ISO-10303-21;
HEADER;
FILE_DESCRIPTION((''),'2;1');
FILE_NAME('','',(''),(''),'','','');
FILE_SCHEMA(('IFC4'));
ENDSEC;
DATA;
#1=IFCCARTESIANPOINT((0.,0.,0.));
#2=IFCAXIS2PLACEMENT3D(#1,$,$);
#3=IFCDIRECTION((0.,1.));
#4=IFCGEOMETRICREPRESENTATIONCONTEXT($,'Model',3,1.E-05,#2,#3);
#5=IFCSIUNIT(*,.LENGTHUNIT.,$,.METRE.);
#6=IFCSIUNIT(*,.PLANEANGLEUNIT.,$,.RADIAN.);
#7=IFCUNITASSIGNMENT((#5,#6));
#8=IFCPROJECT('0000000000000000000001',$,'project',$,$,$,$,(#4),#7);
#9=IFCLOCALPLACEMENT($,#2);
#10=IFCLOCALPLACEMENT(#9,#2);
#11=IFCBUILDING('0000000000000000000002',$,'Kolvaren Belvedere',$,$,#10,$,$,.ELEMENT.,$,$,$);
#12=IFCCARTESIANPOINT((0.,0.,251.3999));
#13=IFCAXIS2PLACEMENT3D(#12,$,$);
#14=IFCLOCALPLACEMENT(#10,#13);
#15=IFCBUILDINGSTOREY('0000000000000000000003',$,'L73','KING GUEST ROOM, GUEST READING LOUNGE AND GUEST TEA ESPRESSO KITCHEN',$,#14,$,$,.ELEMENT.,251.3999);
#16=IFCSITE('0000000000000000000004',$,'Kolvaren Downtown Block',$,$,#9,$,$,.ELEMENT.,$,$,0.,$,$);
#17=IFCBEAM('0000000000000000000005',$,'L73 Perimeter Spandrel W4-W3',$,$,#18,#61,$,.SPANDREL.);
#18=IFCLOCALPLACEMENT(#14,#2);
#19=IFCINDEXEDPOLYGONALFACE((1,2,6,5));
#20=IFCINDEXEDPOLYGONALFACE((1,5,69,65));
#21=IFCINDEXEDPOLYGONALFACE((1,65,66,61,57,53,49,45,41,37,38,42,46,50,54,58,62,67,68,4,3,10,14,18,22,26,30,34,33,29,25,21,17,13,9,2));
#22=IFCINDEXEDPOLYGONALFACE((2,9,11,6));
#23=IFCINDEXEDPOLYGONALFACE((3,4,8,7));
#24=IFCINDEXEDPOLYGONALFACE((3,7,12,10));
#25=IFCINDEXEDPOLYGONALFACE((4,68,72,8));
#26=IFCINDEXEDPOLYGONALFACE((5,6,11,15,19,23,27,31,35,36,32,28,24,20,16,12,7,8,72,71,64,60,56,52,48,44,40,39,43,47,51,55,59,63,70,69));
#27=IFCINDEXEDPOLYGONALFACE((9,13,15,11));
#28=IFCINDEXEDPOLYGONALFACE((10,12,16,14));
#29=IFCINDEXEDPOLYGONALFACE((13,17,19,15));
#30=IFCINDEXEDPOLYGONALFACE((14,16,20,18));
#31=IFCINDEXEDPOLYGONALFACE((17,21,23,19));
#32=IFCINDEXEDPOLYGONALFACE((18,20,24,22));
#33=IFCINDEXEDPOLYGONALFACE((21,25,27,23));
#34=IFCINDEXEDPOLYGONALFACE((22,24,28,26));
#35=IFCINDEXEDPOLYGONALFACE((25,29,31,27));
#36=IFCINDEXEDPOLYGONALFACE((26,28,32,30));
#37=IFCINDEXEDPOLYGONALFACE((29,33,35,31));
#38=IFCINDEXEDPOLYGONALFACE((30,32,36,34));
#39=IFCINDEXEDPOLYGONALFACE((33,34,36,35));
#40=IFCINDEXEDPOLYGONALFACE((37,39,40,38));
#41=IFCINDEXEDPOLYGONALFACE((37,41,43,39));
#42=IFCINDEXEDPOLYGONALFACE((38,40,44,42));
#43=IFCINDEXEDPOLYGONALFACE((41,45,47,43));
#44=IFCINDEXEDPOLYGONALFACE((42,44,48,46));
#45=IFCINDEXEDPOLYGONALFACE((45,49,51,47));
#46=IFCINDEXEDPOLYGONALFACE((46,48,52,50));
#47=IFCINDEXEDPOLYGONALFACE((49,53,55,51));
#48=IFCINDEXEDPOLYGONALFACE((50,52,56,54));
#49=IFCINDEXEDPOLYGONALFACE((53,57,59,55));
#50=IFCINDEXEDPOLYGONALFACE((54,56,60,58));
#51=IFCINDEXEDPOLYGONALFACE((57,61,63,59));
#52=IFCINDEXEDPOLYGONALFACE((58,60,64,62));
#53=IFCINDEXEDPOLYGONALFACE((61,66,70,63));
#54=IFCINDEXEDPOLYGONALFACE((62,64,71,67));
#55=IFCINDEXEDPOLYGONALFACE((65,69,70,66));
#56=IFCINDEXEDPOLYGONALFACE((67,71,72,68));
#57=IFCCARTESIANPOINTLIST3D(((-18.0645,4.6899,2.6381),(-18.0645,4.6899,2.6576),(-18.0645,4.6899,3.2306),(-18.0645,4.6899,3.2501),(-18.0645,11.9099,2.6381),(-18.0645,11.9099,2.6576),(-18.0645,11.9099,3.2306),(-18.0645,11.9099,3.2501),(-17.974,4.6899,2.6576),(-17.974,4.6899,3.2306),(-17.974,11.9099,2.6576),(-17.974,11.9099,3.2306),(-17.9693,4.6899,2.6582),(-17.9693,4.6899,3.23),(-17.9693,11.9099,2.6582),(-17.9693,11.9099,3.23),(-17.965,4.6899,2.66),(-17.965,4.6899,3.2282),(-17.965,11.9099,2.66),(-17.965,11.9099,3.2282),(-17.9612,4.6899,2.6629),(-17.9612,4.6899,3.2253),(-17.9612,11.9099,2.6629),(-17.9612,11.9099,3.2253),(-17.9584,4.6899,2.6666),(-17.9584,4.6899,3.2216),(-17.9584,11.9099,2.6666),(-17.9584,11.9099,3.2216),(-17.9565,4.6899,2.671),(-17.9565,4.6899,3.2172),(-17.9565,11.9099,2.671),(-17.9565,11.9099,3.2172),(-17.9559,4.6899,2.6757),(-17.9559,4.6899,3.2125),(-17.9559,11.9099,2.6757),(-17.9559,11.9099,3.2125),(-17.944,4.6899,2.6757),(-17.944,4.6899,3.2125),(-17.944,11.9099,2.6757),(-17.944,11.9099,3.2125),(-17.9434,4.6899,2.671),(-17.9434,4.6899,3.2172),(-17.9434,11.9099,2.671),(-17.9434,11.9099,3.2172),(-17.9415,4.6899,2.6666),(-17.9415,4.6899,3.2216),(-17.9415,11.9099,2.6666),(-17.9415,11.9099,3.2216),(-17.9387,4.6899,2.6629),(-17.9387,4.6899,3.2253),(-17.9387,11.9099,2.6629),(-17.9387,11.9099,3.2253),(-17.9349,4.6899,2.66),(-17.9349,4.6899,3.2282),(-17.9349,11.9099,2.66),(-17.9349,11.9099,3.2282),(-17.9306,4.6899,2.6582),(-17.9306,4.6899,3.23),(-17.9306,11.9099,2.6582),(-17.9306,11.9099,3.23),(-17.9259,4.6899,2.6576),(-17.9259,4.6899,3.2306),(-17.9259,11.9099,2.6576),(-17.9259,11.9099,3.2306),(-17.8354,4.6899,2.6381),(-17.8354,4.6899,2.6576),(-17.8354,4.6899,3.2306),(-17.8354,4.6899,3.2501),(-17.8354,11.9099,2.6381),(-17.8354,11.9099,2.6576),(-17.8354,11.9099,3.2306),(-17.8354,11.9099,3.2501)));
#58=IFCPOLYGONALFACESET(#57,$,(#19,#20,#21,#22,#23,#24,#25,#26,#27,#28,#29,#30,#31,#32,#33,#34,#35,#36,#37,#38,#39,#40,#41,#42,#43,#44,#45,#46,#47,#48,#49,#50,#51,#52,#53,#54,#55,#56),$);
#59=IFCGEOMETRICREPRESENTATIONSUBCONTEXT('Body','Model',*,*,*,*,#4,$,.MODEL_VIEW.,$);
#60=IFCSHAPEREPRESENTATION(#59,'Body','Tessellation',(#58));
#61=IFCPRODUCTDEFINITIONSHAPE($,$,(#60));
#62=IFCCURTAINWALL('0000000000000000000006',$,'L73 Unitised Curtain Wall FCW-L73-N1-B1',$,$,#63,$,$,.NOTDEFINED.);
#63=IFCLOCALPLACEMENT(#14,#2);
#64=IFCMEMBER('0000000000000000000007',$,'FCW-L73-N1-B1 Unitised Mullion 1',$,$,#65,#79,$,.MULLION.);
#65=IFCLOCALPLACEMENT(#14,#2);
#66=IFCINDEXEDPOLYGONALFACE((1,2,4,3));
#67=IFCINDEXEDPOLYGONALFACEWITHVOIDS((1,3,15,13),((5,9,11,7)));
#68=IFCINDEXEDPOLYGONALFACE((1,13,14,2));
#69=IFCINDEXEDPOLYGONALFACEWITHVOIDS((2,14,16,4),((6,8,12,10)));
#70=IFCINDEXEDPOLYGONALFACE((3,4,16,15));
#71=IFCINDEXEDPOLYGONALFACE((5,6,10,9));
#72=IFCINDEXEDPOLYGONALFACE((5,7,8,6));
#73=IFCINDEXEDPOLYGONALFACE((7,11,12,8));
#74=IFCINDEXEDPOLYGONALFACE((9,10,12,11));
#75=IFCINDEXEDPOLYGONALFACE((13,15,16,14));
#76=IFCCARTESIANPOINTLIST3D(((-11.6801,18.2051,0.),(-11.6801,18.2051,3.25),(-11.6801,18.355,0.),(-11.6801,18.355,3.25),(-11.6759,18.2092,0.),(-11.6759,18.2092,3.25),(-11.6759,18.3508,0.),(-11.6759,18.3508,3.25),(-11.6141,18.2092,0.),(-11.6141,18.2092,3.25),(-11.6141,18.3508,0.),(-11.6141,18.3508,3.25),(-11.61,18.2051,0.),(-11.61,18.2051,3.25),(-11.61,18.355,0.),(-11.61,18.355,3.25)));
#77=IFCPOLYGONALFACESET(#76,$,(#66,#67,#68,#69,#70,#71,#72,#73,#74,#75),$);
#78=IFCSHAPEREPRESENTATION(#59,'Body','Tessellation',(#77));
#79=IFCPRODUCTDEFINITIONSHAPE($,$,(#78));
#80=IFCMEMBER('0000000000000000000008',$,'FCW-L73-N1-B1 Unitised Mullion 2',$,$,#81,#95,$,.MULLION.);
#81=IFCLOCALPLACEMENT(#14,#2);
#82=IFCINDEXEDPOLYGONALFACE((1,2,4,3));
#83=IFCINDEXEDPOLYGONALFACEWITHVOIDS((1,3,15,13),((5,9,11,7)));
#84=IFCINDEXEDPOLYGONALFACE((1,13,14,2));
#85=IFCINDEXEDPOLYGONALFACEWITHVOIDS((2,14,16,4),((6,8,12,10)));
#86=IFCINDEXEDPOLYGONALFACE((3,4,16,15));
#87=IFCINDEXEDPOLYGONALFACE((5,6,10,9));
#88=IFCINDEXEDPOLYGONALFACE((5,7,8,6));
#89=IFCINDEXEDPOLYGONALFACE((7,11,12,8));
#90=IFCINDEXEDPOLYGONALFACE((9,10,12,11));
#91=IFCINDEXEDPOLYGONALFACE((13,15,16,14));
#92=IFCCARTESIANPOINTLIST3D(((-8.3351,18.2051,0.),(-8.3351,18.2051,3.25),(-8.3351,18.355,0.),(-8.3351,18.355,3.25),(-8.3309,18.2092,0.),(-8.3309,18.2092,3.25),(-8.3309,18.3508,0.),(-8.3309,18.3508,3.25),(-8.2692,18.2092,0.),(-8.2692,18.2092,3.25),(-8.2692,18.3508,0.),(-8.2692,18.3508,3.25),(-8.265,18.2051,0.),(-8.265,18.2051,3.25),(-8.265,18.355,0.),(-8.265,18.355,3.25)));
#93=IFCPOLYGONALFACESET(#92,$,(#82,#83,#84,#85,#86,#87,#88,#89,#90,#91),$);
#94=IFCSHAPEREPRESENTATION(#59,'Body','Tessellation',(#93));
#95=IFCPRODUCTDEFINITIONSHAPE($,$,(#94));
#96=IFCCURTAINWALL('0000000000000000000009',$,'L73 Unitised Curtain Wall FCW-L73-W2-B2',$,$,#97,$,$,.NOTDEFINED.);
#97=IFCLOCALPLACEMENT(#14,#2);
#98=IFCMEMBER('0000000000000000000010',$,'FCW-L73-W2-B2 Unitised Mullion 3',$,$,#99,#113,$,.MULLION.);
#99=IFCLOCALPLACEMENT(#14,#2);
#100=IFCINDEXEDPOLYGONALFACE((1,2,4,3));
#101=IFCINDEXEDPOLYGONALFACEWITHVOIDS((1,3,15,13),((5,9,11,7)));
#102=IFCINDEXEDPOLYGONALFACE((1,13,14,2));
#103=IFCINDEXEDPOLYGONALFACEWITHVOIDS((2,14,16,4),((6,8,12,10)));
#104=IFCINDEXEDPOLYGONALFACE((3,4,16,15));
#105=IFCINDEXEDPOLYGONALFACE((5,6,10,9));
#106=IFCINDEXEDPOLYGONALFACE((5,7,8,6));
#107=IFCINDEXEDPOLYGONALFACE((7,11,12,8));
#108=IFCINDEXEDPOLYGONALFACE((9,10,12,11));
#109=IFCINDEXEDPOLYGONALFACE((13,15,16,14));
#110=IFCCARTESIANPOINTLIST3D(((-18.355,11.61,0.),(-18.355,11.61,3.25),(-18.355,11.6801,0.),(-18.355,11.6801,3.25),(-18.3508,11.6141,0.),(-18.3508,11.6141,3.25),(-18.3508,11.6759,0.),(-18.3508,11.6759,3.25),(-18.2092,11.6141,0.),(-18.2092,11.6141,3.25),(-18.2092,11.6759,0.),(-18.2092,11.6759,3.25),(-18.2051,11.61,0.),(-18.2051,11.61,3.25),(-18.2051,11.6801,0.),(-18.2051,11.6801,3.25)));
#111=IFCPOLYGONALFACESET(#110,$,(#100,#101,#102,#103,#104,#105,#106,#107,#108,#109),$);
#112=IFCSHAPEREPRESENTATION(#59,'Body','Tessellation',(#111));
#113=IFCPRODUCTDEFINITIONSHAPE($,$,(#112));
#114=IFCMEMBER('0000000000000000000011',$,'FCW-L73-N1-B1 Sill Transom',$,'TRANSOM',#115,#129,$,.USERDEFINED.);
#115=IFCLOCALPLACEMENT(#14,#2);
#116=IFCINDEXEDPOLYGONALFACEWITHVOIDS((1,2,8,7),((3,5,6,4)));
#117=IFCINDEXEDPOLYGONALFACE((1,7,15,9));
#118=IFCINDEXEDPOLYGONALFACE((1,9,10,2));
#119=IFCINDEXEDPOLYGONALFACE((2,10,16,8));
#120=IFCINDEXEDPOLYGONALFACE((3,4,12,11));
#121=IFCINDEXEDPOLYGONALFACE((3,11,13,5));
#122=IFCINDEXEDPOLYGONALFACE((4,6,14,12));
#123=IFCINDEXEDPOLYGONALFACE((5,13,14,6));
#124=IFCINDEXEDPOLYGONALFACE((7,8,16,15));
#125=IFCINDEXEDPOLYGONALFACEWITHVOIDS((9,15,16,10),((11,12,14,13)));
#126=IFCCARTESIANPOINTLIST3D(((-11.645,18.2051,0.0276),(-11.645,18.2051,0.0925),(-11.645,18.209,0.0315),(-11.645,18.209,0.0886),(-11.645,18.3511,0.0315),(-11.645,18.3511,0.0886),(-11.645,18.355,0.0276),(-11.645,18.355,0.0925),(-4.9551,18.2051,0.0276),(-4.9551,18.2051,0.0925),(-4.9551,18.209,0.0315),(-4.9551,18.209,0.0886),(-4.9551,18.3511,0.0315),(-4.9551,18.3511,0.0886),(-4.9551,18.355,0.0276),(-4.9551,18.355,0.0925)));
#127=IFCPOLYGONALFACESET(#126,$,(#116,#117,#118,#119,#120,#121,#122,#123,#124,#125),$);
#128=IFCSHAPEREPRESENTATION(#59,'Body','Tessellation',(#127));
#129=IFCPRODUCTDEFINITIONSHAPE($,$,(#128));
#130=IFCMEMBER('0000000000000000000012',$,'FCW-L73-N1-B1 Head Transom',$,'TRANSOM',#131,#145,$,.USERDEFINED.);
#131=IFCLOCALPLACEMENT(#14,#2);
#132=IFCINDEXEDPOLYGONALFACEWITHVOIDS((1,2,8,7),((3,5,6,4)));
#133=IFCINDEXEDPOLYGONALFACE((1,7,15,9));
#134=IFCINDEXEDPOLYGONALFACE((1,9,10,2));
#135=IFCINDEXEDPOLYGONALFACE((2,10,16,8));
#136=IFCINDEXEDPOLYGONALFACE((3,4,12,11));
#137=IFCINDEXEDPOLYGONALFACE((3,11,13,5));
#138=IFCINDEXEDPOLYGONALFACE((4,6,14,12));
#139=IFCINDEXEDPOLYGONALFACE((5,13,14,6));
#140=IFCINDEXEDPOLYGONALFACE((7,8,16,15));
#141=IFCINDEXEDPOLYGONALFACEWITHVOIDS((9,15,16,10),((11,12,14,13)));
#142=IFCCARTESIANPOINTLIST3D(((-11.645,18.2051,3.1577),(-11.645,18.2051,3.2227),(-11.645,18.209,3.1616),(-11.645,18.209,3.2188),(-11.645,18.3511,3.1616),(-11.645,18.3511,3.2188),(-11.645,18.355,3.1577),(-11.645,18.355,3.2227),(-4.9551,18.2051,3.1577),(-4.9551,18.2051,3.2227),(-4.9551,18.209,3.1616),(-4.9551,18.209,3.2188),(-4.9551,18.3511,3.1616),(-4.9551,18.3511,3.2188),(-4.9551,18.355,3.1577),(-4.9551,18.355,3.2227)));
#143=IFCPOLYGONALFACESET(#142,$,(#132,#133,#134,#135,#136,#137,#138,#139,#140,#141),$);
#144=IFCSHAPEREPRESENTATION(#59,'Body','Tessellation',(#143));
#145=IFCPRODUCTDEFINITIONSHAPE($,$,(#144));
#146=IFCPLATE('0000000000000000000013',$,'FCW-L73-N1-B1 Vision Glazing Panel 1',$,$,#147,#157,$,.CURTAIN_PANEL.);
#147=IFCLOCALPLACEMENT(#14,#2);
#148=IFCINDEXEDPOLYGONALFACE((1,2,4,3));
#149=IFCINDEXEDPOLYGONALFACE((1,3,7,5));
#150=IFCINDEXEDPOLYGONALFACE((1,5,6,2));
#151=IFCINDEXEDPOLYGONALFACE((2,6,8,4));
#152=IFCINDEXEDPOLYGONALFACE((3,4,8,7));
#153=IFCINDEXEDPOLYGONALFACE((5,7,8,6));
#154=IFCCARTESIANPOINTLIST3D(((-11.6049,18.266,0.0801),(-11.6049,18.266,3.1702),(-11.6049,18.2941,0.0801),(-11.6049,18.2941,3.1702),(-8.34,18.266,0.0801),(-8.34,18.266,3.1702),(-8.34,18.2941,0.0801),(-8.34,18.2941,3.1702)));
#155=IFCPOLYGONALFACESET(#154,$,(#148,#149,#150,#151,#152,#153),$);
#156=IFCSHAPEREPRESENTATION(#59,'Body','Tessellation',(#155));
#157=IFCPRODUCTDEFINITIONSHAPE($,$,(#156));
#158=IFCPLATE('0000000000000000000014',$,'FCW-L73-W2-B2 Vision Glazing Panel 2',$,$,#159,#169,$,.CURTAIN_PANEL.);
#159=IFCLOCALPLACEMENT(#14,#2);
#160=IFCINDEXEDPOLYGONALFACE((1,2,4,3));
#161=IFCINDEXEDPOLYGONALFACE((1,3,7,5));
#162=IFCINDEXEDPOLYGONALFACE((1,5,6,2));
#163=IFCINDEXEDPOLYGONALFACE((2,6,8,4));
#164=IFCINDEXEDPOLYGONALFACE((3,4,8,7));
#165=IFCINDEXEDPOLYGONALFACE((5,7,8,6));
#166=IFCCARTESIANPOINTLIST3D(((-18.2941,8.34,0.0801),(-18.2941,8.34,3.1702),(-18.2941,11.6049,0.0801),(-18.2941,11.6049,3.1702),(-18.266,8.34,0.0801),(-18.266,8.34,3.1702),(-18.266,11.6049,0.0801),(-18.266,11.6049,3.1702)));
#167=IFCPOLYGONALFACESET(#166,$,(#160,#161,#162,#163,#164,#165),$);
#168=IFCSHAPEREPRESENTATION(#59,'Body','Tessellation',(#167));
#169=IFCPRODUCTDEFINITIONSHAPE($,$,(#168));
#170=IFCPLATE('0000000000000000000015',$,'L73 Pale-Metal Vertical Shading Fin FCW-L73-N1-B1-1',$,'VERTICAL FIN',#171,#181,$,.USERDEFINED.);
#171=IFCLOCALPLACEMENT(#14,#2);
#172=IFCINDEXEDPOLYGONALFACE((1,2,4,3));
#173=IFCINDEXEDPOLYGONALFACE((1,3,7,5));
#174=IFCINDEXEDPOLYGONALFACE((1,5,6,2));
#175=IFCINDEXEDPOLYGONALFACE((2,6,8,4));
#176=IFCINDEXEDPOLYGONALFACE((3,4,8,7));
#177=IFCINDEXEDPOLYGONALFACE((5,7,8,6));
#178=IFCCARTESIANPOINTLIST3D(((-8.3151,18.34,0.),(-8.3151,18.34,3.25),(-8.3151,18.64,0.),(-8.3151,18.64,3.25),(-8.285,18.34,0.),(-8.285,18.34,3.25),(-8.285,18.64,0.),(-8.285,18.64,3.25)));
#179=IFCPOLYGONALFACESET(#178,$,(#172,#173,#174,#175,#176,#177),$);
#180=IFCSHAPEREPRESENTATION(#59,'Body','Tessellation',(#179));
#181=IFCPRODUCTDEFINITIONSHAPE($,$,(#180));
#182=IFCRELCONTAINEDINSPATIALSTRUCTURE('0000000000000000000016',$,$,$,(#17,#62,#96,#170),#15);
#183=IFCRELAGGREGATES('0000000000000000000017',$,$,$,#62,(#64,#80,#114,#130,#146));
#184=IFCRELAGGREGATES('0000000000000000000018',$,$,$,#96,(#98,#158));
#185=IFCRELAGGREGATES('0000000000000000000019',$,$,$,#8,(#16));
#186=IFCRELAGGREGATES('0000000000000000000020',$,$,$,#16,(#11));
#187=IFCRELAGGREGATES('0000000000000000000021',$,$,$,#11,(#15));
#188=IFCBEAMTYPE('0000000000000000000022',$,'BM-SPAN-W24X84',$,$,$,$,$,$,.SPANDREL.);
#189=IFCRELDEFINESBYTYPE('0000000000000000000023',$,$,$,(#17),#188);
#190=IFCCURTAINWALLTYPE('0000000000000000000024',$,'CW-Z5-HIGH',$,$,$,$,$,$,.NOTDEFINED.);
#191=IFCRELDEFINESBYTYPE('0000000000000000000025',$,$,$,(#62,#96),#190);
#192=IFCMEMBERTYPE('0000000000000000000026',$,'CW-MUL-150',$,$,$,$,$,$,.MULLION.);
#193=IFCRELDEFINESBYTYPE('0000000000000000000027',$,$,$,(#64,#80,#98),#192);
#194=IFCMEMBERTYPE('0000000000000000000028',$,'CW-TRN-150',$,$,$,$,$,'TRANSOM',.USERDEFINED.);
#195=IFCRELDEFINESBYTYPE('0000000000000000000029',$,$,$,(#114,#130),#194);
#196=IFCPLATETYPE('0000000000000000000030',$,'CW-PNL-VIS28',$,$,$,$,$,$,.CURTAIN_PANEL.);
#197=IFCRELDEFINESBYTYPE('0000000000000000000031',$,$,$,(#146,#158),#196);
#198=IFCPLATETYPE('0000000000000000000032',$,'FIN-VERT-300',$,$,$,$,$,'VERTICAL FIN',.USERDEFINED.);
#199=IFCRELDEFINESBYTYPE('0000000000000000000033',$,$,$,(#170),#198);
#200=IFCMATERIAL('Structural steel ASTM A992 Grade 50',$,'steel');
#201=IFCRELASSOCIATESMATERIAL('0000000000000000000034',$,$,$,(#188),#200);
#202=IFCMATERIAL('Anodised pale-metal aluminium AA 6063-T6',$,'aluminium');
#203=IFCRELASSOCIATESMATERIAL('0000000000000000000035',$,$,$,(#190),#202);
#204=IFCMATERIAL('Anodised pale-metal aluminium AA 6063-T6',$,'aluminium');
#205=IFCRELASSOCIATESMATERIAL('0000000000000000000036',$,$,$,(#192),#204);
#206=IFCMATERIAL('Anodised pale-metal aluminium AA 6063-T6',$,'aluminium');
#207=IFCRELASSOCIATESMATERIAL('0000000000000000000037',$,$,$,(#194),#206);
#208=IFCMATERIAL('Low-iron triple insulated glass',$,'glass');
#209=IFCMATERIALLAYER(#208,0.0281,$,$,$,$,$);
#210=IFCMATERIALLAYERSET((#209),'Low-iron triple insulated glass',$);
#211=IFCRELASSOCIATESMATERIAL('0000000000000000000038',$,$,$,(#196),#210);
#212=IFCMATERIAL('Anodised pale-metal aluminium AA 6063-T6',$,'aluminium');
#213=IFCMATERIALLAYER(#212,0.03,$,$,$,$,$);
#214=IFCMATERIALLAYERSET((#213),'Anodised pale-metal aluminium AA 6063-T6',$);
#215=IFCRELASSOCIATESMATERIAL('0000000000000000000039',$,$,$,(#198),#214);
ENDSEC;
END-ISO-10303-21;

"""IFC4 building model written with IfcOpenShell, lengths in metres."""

from ifc_helpers import new_model, si_unit, direction, frame, origin, origin_2d, place, context, subcontext, project, spatial, rectangle, hollow_rectangle, i_section, extrude, material, layer, layer_set, material_profile, profile_set, type_object, element, aggregate, save


model = new_model("IFC4")

# Units and contexts
model_context = context("Model", 3, precision=1e-05, world=origin(), true_north=direction((0.0, 1.0)))
body_context = subcontext(model_context, "Body", "Model", "MODEL_VIEW")
ifc_project = project(units=[si_unit("LENGTHUNIT", "METRE"), si_unit("PLANEANGLEUNIT", "RADIAN")], contexts=[model_context])

# Site, building, storey
site_placement = place(None, origin())
site = spatial("IfcSite", under=ifc_project, at=site_placement, Name="Kolvaren Downtown Block", CompositionType="ELEMENT", RefElevation=0.0)
building_placement = place(site_placement, origin())
building = spatial("IfcBuilding", under=site, at=building_placement, Name="Kolvaren Belvedere", CompositionType="ELEMENT")
storey_placement = place(building_placement, frame((0.0, 0.0, 251.3999)))
storey = spatial("IfcBuildingStorey", under=building, at=storey_placement, Name="L73", Description="KING GUEST ROOM, GUEST READING LOUNGE AND GUEST TEA ESPRESSO KITCHEN", CompositionType="ELEMENT", Elevation=251.3999)

# Beam
ifc_material_1 = material(Name="Structural steel ASTM A992 Grade 50", Category="steel")
ifc_material_profile_1 = material_profile(ifc_material_1, i_section(OverallWidth=0.229, OverallDepth=0.6121, WebThickness=0.012, FlangeThickness=0.0195, FilletRadius=0.0181, at=origin_2d()), Name="W24X84")
ifc_profile_set_1 = profile_set([ifc_material_profile_1], Name="Structural steel ASTM A992 Grade 50")
beam_type_1 = type_object("IfcBeamType", Name="BM-SPAN-W24X84", PredefinedType="SPANDREL", material=ifc_profile_set_1)
beam_1_placement = place(storey_placement, frame((-17.95, 11.9099, 2.9441), z_axis=(0.0, -1.0, 0.0), x_axis=(1.0, 0.0, 0.0)))
element("IfcBeam", 1, at=beam_1_placement, inside=storey, type_object=beam_type_1, Name="L73 Perimeter Spandrel W4-W3", PredefinedType="SPANDREL", context=body_context, shape_type="SweptSolid", body=[
    extrude(i_section(OverallWidth=0.229, OverallDepth=0.6121, WebThickness=0.012, FlangeThickness=0.0195, FilletRadius=0.0181, at=origin_2d()), origin(), (0.0, 0.0, 1.0), 7.22),
])

# Curtain wall, members
ifc_material_2 = material(Name="Anodised pale-metal aluminium AA 6063-T6", Category="aluminium")
curtain_wall_type = type_object("IfcCurtainWallType", Name="CW-Z5-HIGH", PredefinedType="NOTDEFINED", material=ifc_material_2)
curtain_wall_1_placement = place(storey_placement, origin())
curtain_wall_1 = element("IfcCurtainWall", 2, at=curtain_wall_1_placement, inside=storey, type_object=curtain_wall_type, Name="L73 Unitised Curtain Wall FCW-L73-N1-B1", PredefinedType="NOTDEFINED")
ifc_material_3 = material(Name="Anodised pale-metal aluminium AA 6063-T6", Category="aluminium")
ifc_material_profile_2 = material_profile(ifc_material_3, hollow_rectangle(XDim=0.0701, YDim=0.1499, WallThickness=0.0042, at=origin_2d()), Name="ALU-MUL-150X70")
ifc_profile_set_2 = profile_set([ifc_material_profile_2], Name="Anodised pale-metal aluminium AA 6063-T6")
member_type_1 = type_object("IfcMemberType", Name="CW-MUL-150", PredefinedType="MULLION", material=ifc_profile_set_2)
member_1_placement = place(storey_placement, frame((-11.645, 18.28, 0.0), z_axis=(0.0, 0.0, 1.0), x_axis=(1.0, 0.0, 0.0)))
member_1 = element("IfcMember", 3, at=member_1_placement, type_object=member_type_1, Name="FCW-L73-N1-B1 Unitised Mullion 1", PredefinedType="MULLION", context=body_context, shape_type="SweptSolid", body=[
    extrude(hollow_rectangle(XDim=0.0701, YDim=0.1499, WallThickness=0.0042, at=origin_2d()), origin(), (0.0, 0.0, 1.0), 3.25),
])
member_2_placement = place(storey_placement, frame((-8.3, 18.28, 0.0), z_axis=(0.0, 0.0, 1.0), x_axis=(1.0, 0.0, 0.0)))
member_2 = element("IfcMember", 4, at=member_2_placement, type_object=member_type_1, Name="FCW-L73-N1-B1 Unitised Mullion 2", PredefinedType="MULLION", context=body_context, shape_type="SweptSolid", body=[
    extrude(hollow_rectangle(XDim=0.0701, YDim=0.1499, WallThickness=0.0042, at=origin_2d()), origin(), (0.0, 0.0, 1.0), 3.25),
])

# Curtain wall, member
curtain_wall_2_placement = place(storey_placement, origin())
curtain_wall_2 = element("IfcCurtainWall", 5, at=curtain_wall_2_placement, inside=storey, type_object=curtain_wall_type, Name="L73 Unitised Curtain Wall FCW-L73-W2-B2", PredefinedType="NOTDEFINED")
member_3_placement = place(storey_placement, frame((-18.28, 11.645, 0.0), z_axis=(0.0, 0.0, 1.0), x_axis=(0.0, 1.0, 0.0)))
member_3 = element("IfcMember", 6, at=member_3_placement, type_object=member_type_1, Name="FCW-L73-W2-B2 Unitised Mullion 3", PredefinedType="MULLION", context=body_context, shape_type="SweptSolid", body=[
    extrude(hollow_rectangle(XDim=0.0701, YDim=0.1499, WallThickness=0.0042, at=origin_2d()), origin(), (0.0, 0.0, 1.0), 3.25),
])

# Members
ifc_material_4 = material(Name="Anodised pale-metal aluminium AA 6063-T6", Category="aluminium")
ifc_material_profile_3 = material_profile(ifc_material_4, hollow_rectangle(XDim=0.0649, YDim=0.1499, WallThickness=0.0039, at=origin_2d()), Name="ALU-TRN-150X65")
ifc_profile_set_3 = profile_set([ifc_material_profile_3], Name="Anodised pale-metal aluminium AA 6063-T6")
member_type_2 = type_object("IfcMemberType", Name="CW-TRN-150", ElementType="TRANSOM", PredefinedType="USERDEFINED", material=ifc_profile_set_3)
member_4_placement = place(storey_placement, frame((-11.645, 18.28, 0.0601), z_axis=(1.0, 0.0, 0.0), x_axis=(0.0, 0.0, 1.0)))
member_4 = element("IfcMember", 7, at=member_4_placement, type_object=member_type_2, Name="FCW-L73-N1-B1 Sill Transom", ObjectType="TRANSOM", PredefinedType="USERDEFINED", context=body_context, shape_type="SweptSolid", body=[
    extrude(hollow_rectangle(XDim=0.0649, YDim=0.1499, WallThickness=0.0039, at=origin_2d()), origin(), (0.0, 0.0, 1.0), 6.6899),
])
member_5_placement = place(storey_placement, frame((-11.645, 18.28, 3.1902), z_axis=(1.0, 0.0, 0.0), x_axis=(0.0, 0.0, 1.0)))
member_5 = element("IfcMember", 8, at=member_5_placement, type_object=member_type_2, Name="FCW-L73-N1-B1 Head Transom", ObjectType="TRANSOM", PredefinedType="USERDEFINED", context=body_context, shape_type="SweptSolid", body=[
    extrude(hollow_rectangle(XDim=0.0649, YDim=0.1499, WallThickness=0.0039, at=origin_2d()), origin(), (0.0, 0.0, 1.0), 6.6899),
])

# Plates
ifc_material_5 = material(Name="Low-iron triple insulated glass", Category="glass")
ifc_layer_1 = layer(ifc_material_5, 0.0281)
ifc_layer_set_1 = layer_set([ifc_layer_1], Name="Low-iron triple insulated glass")
plate_type_1 = type_object("IfcPlateType", Name="CW-PNL-VIS28", PredefinedType="CURTAIN_PANEL", material=ifc_layer_set_1)
plate_1_placement = place(storey_placement, frame((-9.9724, 18.28, 0.0801), z_axis=(0.0, 0.0, 1.0), x_axis=(1.0, 0.0, 0.0)))
plate_1 = element("IfcPlate", 9, at=plate_1_placement, type_object=plate_type_1, Name="FCW-L73-N1-B1 Vision Glazing Panel 1", PredefinedType="CURTAIN_PANEL", context=body_context, shape_type="SweptSolid", body=[
    extrude(rectangle(XDim=3.2649, YDim=0.0281, at=origin_2d()), origin(), (0.0, 0.0, 1.0), 3.0901),
])
aggregate(curtain_wall_1, [member_1, member_2, member_4, member_5, plate_1])
plate_2_placement = place(storey_placement, frame((-18.28, 9.9724, 0.0801), z_axis=(0.0, 0.0, 1.0), x_axis=(0.0, 1.0, 0.0)))
plate_2 = element("IfcPlate", 10, at=plate_2_placement, type_object=plate_type_1, Name="FCW-L73-W2-B2 Vision Glazing Panel 2", PredefinedType="CURTAIN_PANEL", context=body_context, shape_type="SweptSolid", body=[
    extrude(rectangle(XDim=3.2649, YDim=0.0281, at=origin_2d()), origin(), (0.0, 0.0, 1.0), 3.0901),
])
aggregate(curtain_wall_2, [member_3, plate_2])
ifc_material_6 = material(Name="Anodised pale-metal aluminium AA 6063-T6", Category="aluminium")
ifc_layer_2 = layer(ifc_material_6, 0.03)
ifc_layer_set_2 = layer_set([ifc_layer_2], Name="Anodised pale-metal aluminium AA 6063-T6")
plate_type_2 = type_object("IfcPlateType", Name="FIN-VERT-300", ElementType="VERTICAL FIN", PredefinedType="USERDEFINED", material=ifc_layer_set_2)
plate_3_placement = place(storey_placement, frame((-8.3, 18.49, 0.0), z_axis=(0.0, 0.0, 1.0), x_axis=(0.0, 1.0, 0.0)))
element("IfcPlate", 11, at=plate_3_placement, inside=storey, type_object=plate_type_2, Name="L73 Pale-Metal Vertical Shading Fin FCW-L73-N1-B1-1", ObjectType="VERTICAL FIN", PredefinedType="USERDEFINED", context=body_context, shape_type="SweptSolid", body=[
    extrude(rectangle(XDim=0.3, YDim=0.03, at=origin_2d()), origin(), (0.0, 0.0, 1.0), 3.25),
])

save(model, "model.ifc")
